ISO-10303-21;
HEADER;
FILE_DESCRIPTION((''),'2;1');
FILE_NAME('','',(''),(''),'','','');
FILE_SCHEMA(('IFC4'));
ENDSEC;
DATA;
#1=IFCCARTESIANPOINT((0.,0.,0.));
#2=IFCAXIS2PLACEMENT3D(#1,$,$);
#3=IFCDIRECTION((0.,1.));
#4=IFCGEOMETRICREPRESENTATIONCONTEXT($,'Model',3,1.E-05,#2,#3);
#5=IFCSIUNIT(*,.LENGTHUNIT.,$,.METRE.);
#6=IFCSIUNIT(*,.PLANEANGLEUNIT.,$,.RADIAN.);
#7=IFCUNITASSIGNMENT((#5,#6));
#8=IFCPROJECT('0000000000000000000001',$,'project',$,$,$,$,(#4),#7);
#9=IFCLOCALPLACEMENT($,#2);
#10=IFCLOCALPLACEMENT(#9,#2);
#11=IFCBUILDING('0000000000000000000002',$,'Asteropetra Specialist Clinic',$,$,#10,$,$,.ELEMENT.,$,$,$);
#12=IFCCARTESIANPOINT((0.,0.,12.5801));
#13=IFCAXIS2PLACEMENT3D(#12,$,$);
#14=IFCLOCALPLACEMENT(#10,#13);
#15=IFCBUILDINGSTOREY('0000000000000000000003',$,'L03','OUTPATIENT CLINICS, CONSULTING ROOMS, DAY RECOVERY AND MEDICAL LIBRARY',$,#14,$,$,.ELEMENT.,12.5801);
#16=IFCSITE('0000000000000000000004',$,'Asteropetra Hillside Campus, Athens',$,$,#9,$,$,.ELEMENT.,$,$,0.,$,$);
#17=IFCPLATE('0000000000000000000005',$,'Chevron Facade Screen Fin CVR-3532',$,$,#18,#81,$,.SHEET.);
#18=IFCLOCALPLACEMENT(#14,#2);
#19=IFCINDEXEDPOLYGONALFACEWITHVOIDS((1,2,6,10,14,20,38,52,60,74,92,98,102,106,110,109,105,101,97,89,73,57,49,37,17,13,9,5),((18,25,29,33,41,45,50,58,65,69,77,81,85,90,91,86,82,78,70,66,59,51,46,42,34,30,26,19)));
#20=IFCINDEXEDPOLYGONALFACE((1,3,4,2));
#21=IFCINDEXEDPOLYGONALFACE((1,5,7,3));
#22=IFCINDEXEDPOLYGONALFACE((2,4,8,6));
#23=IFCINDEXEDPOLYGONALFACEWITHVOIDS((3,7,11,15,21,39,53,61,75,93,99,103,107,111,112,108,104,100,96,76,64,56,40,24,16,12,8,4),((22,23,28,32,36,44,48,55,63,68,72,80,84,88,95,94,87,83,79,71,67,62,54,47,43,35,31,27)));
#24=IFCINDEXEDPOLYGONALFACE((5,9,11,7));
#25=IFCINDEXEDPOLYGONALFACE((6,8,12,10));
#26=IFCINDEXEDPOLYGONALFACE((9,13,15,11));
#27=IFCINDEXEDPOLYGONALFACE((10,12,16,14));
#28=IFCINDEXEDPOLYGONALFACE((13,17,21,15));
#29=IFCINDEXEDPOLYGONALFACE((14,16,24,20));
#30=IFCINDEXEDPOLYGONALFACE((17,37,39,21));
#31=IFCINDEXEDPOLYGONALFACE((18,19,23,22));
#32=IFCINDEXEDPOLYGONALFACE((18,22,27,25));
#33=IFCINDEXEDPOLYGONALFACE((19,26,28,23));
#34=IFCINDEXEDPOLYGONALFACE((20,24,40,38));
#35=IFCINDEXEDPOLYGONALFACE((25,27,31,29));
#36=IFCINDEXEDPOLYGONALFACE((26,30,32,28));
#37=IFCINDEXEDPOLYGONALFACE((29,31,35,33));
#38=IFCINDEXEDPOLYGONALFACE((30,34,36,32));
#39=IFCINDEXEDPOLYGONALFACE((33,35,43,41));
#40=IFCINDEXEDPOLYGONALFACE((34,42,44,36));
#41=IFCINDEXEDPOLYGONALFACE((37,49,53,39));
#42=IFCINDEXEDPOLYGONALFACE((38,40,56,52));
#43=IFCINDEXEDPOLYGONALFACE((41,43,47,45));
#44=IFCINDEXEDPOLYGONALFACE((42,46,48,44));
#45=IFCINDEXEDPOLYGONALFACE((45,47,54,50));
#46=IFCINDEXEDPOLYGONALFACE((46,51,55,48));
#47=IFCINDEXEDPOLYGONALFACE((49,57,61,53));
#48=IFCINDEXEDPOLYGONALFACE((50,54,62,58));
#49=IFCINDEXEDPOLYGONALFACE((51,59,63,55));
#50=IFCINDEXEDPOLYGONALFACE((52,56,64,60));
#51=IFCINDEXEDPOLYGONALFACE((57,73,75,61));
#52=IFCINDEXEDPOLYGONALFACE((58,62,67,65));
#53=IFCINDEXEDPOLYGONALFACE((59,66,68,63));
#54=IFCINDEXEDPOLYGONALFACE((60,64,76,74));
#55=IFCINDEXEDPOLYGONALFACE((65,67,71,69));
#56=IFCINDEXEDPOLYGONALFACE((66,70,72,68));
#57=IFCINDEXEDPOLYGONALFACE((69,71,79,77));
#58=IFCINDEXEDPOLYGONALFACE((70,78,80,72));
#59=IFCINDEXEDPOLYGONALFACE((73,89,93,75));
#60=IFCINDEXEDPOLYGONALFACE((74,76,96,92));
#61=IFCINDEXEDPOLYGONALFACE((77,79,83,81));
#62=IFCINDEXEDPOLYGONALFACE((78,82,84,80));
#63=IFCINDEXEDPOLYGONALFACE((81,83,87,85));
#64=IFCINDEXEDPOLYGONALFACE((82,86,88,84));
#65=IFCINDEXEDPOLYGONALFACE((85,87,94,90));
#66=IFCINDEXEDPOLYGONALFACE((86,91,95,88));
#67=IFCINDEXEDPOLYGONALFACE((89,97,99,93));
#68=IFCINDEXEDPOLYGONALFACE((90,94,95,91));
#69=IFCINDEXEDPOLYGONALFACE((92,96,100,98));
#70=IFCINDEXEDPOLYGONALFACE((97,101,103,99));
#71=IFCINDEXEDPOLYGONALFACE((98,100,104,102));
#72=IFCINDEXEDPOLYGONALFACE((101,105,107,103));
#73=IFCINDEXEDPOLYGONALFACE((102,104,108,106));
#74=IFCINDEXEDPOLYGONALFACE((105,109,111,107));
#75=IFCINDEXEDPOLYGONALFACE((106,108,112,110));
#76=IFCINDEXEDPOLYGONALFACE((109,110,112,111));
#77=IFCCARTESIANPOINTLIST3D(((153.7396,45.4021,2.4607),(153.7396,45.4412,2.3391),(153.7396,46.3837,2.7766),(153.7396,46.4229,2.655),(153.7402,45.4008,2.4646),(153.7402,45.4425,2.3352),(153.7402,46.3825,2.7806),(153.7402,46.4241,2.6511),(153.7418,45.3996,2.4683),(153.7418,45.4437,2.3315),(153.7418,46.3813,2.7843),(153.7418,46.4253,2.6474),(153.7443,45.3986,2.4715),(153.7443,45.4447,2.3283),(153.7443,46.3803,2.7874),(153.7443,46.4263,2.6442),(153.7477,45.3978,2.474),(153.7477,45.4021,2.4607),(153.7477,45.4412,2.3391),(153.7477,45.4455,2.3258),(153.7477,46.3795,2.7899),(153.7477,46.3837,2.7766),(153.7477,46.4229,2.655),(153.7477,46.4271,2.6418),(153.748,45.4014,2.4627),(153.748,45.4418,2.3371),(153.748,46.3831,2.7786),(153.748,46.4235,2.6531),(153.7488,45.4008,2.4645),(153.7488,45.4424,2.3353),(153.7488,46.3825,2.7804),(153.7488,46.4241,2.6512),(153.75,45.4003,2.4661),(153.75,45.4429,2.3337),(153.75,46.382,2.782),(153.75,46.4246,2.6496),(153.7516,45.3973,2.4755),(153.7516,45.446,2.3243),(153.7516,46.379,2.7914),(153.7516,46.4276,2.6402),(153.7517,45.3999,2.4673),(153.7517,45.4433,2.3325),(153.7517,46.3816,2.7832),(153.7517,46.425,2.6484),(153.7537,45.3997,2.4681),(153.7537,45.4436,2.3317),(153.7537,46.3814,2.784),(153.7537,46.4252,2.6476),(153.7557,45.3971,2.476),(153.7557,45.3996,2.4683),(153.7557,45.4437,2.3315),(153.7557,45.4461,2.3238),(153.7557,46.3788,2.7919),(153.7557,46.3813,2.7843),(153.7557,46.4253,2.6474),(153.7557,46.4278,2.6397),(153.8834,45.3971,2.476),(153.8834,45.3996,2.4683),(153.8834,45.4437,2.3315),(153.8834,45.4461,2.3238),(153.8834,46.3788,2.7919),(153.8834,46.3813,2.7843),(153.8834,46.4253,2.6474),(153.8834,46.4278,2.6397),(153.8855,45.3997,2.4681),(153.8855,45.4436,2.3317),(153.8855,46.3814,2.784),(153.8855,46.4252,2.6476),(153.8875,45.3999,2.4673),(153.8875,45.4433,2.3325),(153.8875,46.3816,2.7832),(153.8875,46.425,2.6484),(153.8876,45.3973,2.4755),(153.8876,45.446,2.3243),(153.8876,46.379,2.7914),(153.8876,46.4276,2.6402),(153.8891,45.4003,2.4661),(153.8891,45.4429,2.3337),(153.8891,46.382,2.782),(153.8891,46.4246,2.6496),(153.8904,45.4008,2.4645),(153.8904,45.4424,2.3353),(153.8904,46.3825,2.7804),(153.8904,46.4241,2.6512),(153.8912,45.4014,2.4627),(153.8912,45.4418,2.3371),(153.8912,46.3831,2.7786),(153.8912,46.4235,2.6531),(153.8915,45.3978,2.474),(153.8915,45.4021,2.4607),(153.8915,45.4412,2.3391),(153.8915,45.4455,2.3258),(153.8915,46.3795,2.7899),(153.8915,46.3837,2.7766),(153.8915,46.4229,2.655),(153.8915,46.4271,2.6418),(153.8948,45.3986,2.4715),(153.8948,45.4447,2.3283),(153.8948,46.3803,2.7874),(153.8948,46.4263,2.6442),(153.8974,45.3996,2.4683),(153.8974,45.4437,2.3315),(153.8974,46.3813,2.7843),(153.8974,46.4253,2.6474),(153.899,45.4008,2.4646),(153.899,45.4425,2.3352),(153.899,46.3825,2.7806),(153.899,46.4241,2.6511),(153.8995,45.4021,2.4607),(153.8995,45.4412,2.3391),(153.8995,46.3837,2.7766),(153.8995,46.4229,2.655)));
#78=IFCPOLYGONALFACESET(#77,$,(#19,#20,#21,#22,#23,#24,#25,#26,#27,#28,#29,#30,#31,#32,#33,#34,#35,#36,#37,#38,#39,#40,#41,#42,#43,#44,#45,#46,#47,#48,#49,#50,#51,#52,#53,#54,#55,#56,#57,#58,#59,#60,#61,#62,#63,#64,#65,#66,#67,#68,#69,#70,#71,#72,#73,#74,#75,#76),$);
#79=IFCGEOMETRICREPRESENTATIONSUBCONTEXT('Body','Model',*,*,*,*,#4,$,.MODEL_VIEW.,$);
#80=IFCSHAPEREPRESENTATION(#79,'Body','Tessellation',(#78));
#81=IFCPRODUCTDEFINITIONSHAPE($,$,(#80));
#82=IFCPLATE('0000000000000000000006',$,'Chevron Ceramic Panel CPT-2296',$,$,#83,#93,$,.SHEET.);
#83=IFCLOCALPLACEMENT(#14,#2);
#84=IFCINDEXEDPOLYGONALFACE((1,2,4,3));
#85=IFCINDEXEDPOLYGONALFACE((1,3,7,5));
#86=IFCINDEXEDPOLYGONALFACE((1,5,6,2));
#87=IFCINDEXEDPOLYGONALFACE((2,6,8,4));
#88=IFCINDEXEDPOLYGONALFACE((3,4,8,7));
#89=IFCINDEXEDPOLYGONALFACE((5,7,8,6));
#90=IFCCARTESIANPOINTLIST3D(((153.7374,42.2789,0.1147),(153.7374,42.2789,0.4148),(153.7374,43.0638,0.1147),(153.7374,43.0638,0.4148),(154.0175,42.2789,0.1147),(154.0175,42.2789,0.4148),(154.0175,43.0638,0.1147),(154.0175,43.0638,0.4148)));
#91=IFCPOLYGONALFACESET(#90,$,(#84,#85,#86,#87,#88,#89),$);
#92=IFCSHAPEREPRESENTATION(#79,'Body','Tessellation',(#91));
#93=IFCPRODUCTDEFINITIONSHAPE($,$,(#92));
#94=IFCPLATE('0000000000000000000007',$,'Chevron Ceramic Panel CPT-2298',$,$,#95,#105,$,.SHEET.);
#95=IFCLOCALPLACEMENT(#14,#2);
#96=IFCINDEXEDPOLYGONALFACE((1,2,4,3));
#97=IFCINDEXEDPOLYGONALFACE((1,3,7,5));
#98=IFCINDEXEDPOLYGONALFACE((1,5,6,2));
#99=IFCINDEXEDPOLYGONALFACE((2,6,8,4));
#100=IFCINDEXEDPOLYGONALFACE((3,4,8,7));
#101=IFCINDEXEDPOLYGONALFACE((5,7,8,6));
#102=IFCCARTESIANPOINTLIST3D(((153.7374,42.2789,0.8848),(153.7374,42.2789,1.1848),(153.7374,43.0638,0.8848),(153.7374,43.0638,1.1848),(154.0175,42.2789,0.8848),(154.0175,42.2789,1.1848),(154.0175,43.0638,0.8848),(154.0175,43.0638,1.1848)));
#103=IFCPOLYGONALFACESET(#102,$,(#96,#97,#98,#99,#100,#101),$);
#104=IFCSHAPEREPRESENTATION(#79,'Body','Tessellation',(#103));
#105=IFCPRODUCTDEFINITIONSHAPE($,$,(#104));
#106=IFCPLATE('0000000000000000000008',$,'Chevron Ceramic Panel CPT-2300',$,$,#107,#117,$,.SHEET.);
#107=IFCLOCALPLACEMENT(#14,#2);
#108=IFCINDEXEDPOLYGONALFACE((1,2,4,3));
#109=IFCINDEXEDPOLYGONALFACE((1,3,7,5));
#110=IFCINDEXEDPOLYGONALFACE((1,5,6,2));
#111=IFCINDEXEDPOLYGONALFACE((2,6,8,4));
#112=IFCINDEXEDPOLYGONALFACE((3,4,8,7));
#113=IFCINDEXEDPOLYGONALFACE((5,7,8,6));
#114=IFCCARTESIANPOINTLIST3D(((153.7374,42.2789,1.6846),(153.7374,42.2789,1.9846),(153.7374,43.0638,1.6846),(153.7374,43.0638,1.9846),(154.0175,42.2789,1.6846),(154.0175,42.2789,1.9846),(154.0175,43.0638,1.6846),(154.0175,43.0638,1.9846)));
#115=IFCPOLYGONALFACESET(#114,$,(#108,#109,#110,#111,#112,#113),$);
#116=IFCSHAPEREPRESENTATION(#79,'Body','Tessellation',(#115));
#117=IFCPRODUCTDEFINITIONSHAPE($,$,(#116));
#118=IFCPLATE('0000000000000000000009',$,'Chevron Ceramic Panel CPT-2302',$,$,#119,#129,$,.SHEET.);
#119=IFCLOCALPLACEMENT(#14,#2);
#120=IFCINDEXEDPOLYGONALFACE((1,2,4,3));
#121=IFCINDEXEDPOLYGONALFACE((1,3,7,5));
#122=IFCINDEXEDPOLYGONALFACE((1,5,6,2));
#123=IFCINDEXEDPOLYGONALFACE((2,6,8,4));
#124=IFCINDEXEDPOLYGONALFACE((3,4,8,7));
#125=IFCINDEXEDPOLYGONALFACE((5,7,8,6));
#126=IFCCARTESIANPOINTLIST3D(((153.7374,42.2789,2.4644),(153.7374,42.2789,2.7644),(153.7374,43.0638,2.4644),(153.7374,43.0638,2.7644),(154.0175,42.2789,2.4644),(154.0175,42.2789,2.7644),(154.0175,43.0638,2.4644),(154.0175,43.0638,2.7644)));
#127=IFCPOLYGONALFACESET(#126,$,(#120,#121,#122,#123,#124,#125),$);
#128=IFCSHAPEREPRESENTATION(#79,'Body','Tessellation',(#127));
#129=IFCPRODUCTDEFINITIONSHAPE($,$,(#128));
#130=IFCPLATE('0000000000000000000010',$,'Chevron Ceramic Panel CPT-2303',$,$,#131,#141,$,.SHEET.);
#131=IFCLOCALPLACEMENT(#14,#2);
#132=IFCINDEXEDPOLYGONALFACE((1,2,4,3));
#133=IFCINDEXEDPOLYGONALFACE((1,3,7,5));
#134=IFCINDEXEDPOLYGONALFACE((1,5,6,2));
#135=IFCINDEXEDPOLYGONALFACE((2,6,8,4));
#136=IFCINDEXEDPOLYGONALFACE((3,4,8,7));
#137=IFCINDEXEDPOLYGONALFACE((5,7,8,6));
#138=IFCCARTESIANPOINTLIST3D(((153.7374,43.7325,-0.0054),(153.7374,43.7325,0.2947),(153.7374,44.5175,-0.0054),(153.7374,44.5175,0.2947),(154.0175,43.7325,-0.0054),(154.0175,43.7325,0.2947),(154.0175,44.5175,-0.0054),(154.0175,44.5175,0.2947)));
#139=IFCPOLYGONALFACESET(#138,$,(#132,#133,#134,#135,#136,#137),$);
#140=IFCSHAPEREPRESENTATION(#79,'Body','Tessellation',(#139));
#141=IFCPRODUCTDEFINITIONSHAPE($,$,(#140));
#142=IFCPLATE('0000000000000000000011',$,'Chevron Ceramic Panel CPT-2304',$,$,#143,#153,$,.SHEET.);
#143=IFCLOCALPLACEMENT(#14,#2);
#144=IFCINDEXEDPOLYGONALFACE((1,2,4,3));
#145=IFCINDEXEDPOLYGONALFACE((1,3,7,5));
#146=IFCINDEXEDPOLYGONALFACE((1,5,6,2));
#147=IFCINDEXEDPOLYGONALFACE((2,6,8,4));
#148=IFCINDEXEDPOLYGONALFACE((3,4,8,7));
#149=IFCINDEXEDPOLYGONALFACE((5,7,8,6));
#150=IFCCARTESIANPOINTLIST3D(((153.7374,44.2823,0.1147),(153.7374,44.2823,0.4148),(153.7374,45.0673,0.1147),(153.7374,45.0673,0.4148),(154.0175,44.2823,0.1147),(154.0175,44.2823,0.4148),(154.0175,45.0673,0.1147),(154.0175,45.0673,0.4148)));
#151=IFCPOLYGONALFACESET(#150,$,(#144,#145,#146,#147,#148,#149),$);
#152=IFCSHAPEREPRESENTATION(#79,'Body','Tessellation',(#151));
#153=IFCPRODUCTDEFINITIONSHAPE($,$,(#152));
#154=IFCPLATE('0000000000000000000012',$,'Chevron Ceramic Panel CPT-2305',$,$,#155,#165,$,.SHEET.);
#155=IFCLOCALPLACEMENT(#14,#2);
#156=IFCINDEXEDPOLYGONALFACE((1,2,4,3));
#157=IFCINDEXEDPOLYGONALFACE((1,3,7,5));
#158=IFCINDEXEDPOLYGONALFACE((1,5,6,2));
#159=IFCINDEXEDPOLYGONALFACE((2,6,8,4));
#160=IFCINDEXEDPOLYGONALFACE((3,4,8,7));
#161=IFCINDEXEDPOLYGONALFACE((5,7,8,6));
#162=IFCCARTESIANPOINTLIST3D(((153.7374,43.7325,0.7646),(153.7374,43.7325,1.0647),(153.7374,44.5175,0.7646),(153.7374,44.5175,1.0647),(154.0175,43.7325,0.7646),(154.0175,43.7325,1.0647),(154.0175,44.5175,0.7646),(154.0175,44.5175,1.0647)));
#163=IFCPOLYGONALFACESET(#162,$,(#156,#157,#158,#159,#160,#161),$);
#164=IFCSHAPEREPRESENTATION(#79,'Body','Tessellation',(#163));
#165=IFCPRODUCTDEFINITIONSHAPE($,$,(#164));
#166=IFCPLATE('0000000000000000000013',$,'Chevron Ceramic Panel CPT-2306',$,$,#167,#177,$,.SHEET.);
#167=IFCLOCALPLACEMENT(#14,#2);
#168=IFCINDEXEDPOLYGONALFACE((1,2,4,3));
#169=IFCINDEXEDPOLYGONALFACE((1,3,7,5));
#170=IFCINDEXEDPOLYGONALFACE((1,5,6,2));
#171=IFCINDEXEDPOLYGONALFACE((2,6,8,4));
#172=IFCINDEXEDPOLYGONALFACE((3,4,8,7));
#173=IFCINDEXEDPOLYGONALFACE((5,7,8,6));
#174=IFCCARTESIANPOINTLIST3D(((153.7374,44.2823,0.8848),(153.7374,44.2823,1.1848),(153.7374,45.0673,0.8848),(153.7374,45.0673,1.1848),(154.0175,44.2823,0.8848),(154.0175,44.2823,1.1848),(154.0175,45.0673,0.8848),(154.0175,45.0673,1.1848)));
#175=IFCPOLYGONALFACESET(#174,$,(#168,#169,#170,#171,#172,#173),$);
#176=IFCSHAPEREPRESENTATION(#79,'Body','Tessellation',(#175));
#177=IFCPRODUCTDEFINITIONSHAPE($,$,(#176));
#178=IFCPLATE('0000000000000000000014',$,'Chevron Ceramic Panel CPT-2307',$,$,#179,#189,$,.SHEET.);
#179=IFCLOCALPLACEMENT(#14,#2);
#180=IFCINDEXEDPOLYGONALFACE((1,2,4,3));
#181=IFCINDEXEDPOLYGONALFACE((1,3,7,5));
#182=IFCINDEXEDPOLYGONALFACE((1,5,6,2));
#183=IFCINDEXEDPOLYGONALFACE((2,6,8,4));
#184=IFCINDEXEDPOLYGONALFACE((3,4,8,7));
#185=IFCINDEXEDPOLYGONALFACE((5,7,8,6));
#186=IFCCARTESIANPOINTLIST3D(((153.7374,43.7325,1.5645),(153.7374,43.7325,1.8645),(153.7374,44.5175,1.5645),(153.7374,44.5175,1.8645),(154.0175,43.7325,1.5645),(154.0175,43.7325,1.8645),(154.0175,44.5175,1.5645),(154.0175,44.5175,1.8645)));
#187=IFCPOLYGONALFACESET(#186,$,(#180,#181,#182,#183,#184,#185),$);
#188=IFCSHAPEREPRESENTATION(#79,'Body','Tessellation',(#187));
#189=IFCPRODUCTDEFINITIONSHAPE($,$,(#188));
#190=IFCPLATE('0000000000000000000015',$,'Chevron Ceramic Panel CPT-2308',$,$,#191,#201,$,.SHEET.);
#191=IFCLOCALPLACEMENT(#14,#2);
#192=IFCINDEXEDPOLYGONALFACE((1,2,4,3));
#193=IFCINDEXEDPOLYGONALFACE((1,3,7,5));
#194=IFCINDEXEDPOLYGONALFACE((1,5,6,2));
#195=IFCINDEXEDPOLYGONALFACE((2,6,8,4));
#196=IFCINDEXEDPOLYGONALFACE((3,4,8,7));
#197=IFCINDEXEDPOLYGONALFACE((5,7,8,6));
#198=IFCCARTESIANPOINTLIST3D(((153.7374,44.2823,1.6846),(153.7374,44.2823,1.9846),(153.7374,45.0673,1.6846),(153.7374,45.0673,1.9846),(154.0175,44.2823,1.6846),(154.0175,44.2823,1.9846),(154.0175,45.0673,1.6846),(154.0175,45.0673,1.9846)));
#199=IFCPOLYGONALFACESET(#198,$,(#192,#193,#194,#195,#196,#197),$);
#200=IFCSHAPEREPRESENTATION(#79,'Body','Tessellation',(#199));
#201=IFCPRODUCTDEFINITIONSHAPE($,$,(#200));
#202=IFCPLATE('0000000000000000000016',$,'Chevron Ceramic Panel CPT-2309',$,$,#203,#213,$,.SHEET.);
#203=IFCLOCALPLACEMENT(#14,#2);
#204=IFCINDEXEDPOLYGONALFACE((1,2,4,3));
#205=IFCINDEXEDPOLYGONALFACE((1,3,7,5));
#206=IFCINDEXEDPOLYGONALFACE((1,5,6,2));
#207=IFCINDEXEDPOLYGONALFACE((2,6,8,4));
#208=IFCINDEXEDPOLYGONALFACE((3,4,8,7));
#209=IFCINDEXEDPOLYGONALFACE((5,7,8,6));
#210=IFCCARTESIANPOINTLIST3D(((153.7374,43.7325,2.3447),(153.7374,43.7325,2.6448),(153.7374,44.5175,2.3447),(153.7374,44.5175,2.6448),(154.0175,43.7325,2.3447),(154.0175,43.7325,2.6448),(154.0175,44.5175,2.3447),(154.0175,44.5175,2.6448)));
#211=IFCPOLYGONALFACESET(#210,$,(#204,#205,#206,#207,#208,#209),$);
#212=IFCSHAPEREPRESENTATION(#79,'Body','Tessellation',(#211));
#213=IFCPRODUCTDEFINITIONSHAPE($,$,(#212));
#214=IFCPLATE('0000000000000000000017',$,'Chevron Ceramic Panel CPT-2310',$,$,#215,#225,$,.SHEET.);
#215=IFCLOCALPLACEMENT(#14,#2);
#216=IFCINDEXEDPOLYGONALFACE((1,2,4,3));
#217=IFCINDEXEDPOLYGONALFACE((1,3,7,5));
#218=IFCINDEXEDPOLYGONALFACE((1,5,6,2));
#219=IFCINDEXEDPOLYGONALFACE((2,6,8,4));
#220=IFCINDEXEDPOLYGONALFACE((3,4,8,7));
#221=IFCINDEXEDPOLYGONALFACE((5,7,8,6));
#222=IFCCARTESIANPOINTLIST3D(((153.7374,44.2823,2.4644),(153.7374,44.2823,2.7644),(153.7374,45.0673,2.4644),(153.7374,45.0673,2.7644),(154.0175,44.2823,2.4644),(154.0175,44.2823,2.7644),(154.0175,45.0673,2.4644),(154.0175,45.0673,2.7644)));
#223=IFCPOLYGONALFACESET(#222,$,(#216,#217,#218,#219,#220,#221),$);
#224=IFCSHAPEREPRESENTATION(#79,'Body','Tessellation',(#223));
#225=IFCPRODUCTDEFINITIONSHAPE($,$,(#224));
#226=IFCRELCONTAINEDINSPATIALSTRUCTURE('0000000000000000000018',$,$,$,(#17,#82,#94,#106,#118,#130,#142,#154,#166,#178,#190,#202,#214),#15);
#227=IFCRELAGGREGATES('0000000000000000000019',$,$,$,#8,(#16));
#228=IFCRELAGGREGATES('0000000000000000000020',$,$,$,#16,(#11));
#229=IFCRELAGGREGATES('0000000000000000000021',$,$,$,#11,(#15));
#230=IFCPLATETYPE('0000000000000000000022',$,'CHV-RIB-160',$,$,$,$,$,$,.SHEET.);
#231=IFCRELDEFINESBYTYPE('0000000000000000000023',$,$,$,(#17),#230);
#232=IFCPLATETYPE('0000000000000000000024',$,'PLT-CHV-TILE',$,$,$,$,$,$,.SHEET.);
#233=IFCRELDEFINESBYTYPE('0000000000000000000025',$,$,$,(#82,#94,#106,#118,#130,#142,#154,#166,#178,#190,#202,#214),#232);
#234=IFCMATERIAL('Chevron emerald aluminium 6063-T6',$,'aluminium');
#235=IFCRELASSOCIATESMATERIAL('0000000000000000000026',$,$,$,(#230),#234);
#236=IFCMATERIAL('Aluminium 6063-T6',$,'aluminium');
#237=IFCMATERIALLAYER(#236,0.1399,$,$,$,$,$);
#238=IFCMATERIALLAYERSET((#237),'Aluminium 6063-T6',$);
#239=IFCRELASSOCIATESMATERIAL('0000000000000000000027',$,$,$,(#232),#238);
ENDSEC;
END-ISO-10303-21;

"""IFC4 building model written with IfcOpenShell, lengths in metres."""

from ifc_helpers import new_model, si_unit, direction, frame, origin, origin_2d, place, context, subcontext, project, spatial, rectangle, hollow_rectangle, extrude, material, layer, layer_set, material_profile, profile_set, type_object, element, save


model = new_model("IFC4")

# Units and contexts
model_context = context("Model", 3, precision=1e-05, world=origin(), true_north=direction((0.0, 1.0)))
body_context = subcontext(model_context, "Body", "Model", "MODEL_VIEW")
ifc_project = project(units=[si_unit("LENGTHUNIT", "METRE"), si_unit("PLANEANGLEUNIT", "RADIAN")], contexts=[model_context])

# Site, building, storey
site_placement = place(None, origin())
site = spatial("IfcSite", under=ifc_project, at=site_placement, Name="Asteropetra Hillside Campus, Athens", CompositionType="ELEMENT", RefElevation=0.0)
building_placement = place(site_placement, origin())
building = spatial("IfcBuilding", under=site, at=building_placement, Name="Asteropetra Specialist Clinic", CompositionType="ELEMENT")
storey_placement = place(building_placement, frame((0.0, 0.0, 12.5801)))
storey = spatial("IfcBuildingStorey", under=building, at=storey_placement, Name="L03", Description="OUTPATIENT CLINICS, CONSULTING ROOMS, DAY RECOVERY AND MEDICAL LIBRARY", CompositionType="ELEMENT", Elevation=12.5801)

# Plates
ifc_material_1 = material(Name="Chevron emerald aluminium 6063-T6", Category="aluminium")
ifc_material_profile = material_profile(ifc_material_1, hollow_rectangle(XDim=0.1599, YDim=0.1599, WallThickness=0.0081, InnerFilletRadius=0.0081, OuterFilletRadius=0.0161, at=origin_2d()), Name="SHS 160x160x8.0")
ifc_profile_set = profile_set([ifc_material_profile], Name="Chevron emerald aluminium 6063-T6")
plate_type_1 = type_object("IfcPlateType", Name="CHV-RIB-160", PredefinedType="SHEET", material=ifc_profile_set)
for number, where, z_axis, x_axis, name in (
    (1, (153.8196, 45.4216, 2.3999), (0.0, 0.951923, 0.306339), (-1.0, 0.0, 0.0), "Chevron Facade Screen Fin CVR-3532"),
):
    element("IfcPlate", number, at=place(storey_placement, frame(where, z_axis=z_axis, x_axis=x_axis)), inside=storey, type_object=plate_type_1, Name=name, PredefinedType="SHEET", context=body_context, shape_type="SweptSolid", body=[
        extrude(hollow_rectangle(XDim=0.1599, YDim=0.1599, WallThickness=0.0081, InnerFilletRadius=0.0081, OuterFilletRadius=0.0161, at=origin_2d()), origin(), (0.0, 0.0, 1.0), 1.0312),
    ])
ifc_material_2 = material(Name="Aluminium 6063-T6", Category="aluminium")
ifc_layer_1 = layer(ifc_material_2, 0.1399)
ifc_layer_set_1 = layer_set([ifc_layer_1], Name="Aluminium 6063-T6")
plate_type_2 = type_object("IfcPlateType", Name="PLT-CHV-TILE", PredefinedType="SHEET", material=ifc_layer_set_1)
for number, where, z_axis, x_axis, name in (
    (2, (153.8774, 42.6714, 0.1147), (0.0, 0.0, 1.0), (1.0, 0.0, 0.0), "Chevron Ceramic Panel CPT-2296"),
    (3, (153.8774, 42.6714, 0.8848), (0.0, 0.0, 1.0), (1.0, 0.0, 0.0), "Chevron Ceramic Panel CPT-2298"),
    (4, (153.8774, 42.6714, 1.6846), (0.0, 0.0, 1.0), (1.0, 0.0, 0.0), "Chevron Ceramic Panel CPT-2300"),
    (5, (153.8774, 42.6714, 2.4644), (0.0, 0.0, 1.0), (1.0, 0.0, 0.0), "Chevron Ceramic Panel CPT-2302"),
    (6, (153.8774, 44.125, -0.0054), (0.0, 0.0, 1.0), (1.0, 0.0, 0.0), "Chevron Ceramic Panel CPT-2303"),
    (7, (153.8774, 44.6748, 0.1147), (0.0, 0.0, 1.0), (1.0, 0.0, 0.0), "Chevron Ceramic Panel CPT-2304"),
    (8, (153.8774, 44.125, 0.7646), (0.0, 0.0, 1.0), (1.0, 0.0, 0.0), "Chevron Ceramic Panel CPT-2305"),
    (9, (153.8774, 44.6748, 0.8848), (0.0, 0.0, 1.0), (1.0, 0.0, 0.0), "Chevron Ceramic Panel CPT-2306"),
    (10, (153.8774, 44.125, 1.5645), (0.0, 0.0, 1.0), (1.0, 0.0, 0.0), "Chevron Ceramic Panel CPT-2307"),
    (11, (153.8774, 44.6748, 1.6846), (0.0, 0.0, 1.0), (1.0, 0.0, 0.0), "Chevron Ceramic Panel CPT-2308"),
    (12, (153.8774, 44.125, 2.3447), (0.0, 0.0, 1.0), (1.0, 0.0, 0.0), "Chevron Ceramic Panel CPT-2309"),
    (13, (153.8774, 44.6748, 2.4644), (0.0, 0.0, 1.0), (1.0, 0.0, 0.0), "Chevron Ceramic Panel CPT-2310"),
):
    element("IfcPlate", number, at=place(storey_placement, frame(where, z_axis=z_axis, x_axis=x_axis)), inside=storey, type_object=plate_type_2, Name=name, PredefinedType="SHEET", context=body_context, shape_type="SweptSolid", body=[
        extrude(rectangle(XDim=0.28, YDim=0.7849, at=origin_2d()), origin(), (0.0, 0.0, 1.0), 0.3),
    ])

save(model, "model.ifc")
